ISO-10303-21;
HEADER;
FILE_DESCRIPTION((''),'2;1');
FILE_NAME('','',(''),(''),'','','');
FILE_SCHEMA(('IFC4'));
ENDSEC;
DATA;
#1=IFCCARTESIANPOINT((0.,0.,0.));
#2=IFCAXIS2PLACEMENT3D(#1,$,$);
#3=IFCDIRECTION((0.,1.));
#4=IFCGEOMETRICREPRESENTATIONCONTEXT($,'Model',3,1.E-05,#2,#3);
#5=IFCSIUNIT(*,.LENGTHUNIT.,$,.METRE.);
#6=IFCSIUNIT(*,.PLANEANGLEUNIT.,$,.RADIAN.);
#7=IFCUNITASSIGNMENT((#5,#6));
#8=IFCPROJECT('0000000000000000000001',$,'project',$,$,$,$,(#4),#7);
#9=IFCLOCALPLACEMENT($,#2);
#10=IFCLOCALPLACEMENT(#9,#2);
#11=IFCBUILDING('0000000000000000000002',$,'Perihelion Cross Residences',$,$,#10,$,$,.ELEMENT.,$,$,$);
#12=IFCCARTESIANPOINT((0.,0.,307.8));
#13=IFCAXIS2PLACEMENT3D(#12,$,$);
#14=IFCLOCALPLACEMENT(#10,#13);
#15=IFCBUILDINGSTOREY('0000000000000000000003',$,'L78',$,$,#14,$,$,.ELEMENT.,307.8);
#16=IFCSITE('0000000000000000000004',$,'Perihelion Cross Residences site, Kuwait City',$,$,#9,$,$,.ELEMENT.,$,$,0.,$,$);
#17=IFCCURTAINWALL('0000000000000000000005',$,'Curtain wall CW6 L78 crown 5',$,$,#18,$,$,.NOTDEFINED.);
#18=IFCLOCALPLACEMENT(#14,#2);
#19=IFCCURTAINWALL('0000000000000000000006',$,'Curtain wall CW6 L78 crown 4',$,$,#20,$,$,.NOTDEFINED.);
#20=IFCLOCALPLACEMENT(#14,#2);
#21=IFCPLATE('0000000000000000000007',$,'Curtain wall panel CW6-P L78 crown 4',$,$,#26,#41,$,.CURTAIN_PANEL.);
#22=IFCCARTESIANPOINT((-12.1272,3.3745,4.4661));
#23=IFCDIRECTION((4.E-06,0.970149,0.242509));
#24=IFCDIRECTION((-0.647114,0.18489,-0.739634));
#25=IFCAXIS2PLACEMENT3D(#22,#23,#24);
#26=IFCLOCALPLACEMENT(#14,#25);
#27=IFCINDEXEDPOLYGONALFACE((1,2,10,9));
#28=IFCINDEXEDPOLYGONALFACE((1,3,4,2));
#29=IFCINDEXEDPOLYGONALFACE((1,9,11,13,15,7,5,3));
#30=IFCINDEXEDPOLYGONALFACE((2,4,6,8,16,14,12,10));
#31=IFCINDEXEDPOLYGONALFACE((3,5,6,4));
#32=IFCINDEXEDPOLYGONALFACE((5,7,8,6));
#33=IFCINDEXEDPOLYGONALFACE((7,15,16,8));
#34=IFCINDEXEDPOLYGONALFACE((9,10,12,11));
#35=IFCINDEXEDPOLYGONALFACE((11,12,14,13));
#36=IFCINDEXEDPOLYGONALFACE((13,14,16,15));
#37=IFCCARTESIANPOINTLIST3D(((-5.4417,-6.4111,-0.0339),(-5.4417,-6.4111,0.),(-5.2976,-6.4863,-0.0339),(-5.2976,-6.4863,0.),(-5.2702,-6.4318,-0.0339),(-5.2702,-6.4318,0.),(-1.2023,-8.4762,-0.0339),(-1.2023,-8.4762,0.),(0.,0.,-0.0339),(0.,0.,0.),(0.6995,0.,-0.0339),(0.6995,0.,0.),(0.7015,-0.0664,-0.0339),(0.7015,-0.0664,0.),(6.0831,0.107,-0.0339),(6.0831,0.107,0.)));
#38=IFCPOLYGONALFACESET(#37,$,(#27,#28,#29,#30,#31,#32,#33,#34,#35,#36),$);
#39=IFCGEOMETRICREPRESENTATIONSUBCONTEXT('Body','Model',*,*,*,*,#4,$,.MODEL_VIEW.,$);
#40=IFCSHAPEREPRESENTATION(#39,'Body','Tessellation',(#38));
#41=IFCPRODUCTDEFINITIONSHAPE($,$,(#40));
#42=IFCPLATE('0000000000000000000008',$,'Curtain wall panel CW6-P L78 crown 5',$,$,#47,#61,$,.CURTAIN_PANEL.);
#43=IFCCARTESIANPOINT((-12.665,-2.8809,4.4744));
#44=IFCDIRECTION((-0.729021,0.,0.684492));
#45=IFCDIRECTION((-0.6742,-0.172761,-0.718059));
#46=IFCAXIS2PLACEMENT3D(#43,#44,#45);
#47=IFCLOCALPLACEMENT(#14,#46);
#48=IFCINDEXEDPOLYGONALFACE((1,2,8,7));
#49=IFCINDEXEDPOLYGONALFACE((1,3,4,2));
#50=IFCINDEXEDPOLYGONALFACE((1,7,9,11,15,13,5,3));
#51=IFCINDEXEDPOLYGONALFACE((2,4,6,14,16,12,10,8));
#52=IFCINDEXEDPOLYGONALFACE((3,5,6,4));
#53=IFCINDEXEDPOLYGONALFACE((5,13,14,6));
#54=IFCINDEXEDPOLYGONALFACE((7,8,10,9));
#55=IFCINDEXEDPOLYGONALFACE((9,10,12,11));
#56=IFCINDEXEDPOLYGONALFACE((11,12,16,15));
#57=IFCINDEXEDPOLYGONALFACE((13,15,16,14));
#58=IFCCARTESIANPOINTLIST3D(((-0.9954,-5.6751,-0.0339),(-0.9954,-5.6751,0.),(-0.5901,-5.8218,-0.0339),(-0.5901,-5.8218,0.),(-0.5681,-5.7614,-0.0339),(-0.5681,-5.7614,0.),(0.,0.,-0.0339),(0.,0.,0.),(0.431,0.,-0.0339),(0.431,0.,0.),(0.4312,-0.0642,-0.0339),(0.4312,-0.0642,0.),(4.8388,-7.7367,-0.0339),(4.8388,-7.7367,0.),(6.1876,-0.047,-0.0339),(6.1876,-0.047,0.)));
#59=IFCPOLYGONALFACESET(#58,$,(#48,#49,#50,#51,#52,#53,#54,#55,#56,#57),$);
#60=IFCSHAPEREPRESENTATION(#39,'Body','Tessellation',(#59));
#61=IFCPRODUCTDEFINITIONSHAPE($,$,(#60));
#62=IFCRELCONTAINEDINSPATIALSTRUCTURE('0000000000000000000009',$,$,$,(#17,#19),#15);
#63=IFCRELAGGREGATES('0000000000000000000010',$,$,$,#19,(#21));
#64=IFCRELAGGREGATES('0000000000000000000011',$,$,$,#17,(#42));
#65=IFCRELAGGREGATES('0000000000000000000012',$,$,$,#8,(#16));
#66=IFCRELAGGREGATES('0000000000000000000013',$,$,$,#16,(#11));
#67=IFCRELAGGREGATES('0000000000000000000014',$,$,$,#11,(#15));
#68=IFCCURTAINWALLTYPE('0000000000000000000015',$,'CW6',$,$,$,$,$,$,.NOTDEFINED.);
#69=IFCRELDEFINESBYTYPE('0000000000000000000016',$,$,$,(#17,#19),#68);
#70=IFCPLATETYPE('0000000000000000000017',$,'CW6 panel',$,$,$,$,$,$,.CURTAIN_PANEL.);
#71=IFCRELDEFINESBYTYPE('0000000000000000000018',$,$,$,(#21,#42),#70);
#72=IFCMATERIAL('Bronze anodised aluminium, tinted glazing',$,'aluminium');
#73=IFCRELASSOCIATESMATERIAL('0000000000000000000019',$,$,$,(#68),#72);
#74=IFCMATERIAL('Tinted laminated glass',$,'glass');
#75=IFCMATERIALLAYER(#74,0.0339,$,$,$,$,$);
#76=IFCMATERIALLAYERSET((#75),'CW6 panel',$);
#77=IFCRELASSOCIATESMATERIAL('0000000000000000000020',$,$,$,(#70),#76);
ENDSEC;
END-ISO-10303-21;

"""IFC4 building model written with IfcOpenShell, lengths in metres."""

from ifc_helpers import new_model, si_unit, direction, frame, origin, place, context, subcontext, project, spatial, polyline, outline, extrude, material, layer, layer_set, type_object, element, aggregate, save


model = new_model("IFC4")

# Units and contexts
model_context = context("Model", 3, precision=1e-05, world=origin(), true_north=direction((0.0, 1.0)))
body_context = subcontext(model_context, "Body", "Model", "MODEL_VIEW")
ifc_project = project(units=[si_unit("LENGTHUNIT", "METRE"), si_unit("PLANEANGLEUNIT", "RADIAN")], contexts=[model_context])

# Site, building, storey
site_placement = place(None, origin())
site = spatial("IfcSite", under=ifc_project, at=site_placement, Name="Perihelion Cross Residences site, Kuwait City", CompositionType="ELEMENT", RefElevation=0.0)
building_placement = place(site_placement, origin())
building = spatial("IfcBuilding", under=site, at=building_placement, Name="Perihelion Cross Residences", CompositionType="ELEMENT")
storey_placement = place(building_placement, frame((0.0, 0.0, 307.8)))
storey = spatial("IfcBuildingStorey", under=building, at=storey_placement, Name="L78", CompositionType="ELEMENT", Elevation=307.8)

# Curtain wall
ifc_material_1 = material(Name="Bronze anodised aluminium, tinted glazing", Category="aluminium")
curtain_wall_type = type_object("IfcCurtainWallType", Name="CW6", PredefinedType="NOTDEFINED", material=ifc_material_1)
curtain_wall_1_placement = place(storey_placement, origin())
curtain_wall_1 = element("IfcCurtainWall", 1, at=curtain_wall_1_placement, inside=storey, type_object=curtain_wall_type, Name="Curtain wall CW6 L78 crown 5", PredefinedType="NOTDEFINED")

# Curtain wall, plate
curtain_wall_2_placement = place(storey_placement, origin())
curtain_wall_2 = element("IfcCurtainWall", 2, at=curtain_wall_2_placement, inside=storey, type_object=curtain_wall_type, Name="Curtain wall CW6 L78 crown 4", PredefinedType="NOTDEFINED")
ifc_material_2 = material(Name="Tinted laminated glass", Category="glass")
ifc_layer_1 = layer(ifc_material_2, 0.0339)
ifc_layer_set_1 = layer_set([ifc_layer_1], Name="CW6 panel")
plate_type = type_object("IfcPlateType", Name="CW6 panel", PredefinedType="CURTAIN_PANEL", material=ifc_layer_set_1)
plate_1_placement = place(storey_placement, frame((-12.1272, 3.3745, 4.4661), z_axis=(0.000004, 0.970149, 0.242509), x_axis=(-0.647114, 0.18489, -0.739634)))
plate_1 = element("IfcPlate", 3, at=plate_1_placement, type_object=plate_type, Name="Curtain wall panel CW6-P L78 crown 4", PredefinedType="CURTAIN_PANEL", context=body_context, shape_type="SweptSolid", body=[
    extrude(outline(polyline([(0.0, 0.0), (0.6995, 0.0), (0.7015, -0.0664), (6.0831, 0.107), (-1.2023, -8.4762), (-5.2702, -6.4318), (-5.2976, -6.4863), (-5.4417, -6.4111), (0.0, 0.0)])), origin(), (0.0, 0.0, -1.0), 0.0339),
])
aggregate(curtain_wall_2, [plate_1])

# Plate
plate_2_placement = place(storey_placement, frame((-12.665, -2.8809, 4.4744), z_axis=(-0.729021, 0.0, 0.684492), x_axis=(-0.6742, -0.172761, -0.718059)))
plate_2 = element("IfcPlate", 4, at=plate_2_placement, type_object=plate_type, Name="Curtain wall panel CW6-P L78 crown 5", PredefinedType="CURTAIN_PANEL", context=body_context, shape_type="SweptSolid", body=[
    extrude(outline(polyline([(0.0, 0.0), (0.431, 0.0), (0.4312, -0.0642), (6.1876, -0.047), (4.8388, -7.7367), (-0.5681, -5.7614), (-0.5901, -5.8218), (-0.9954, -5.6751), (0.0, 0.0)])), origin(), (0.0, 0.0, -1.0), 0.0339),
])
aggregate(curtain_wall_1, [plate_2])

save(model, "model.ifc")
